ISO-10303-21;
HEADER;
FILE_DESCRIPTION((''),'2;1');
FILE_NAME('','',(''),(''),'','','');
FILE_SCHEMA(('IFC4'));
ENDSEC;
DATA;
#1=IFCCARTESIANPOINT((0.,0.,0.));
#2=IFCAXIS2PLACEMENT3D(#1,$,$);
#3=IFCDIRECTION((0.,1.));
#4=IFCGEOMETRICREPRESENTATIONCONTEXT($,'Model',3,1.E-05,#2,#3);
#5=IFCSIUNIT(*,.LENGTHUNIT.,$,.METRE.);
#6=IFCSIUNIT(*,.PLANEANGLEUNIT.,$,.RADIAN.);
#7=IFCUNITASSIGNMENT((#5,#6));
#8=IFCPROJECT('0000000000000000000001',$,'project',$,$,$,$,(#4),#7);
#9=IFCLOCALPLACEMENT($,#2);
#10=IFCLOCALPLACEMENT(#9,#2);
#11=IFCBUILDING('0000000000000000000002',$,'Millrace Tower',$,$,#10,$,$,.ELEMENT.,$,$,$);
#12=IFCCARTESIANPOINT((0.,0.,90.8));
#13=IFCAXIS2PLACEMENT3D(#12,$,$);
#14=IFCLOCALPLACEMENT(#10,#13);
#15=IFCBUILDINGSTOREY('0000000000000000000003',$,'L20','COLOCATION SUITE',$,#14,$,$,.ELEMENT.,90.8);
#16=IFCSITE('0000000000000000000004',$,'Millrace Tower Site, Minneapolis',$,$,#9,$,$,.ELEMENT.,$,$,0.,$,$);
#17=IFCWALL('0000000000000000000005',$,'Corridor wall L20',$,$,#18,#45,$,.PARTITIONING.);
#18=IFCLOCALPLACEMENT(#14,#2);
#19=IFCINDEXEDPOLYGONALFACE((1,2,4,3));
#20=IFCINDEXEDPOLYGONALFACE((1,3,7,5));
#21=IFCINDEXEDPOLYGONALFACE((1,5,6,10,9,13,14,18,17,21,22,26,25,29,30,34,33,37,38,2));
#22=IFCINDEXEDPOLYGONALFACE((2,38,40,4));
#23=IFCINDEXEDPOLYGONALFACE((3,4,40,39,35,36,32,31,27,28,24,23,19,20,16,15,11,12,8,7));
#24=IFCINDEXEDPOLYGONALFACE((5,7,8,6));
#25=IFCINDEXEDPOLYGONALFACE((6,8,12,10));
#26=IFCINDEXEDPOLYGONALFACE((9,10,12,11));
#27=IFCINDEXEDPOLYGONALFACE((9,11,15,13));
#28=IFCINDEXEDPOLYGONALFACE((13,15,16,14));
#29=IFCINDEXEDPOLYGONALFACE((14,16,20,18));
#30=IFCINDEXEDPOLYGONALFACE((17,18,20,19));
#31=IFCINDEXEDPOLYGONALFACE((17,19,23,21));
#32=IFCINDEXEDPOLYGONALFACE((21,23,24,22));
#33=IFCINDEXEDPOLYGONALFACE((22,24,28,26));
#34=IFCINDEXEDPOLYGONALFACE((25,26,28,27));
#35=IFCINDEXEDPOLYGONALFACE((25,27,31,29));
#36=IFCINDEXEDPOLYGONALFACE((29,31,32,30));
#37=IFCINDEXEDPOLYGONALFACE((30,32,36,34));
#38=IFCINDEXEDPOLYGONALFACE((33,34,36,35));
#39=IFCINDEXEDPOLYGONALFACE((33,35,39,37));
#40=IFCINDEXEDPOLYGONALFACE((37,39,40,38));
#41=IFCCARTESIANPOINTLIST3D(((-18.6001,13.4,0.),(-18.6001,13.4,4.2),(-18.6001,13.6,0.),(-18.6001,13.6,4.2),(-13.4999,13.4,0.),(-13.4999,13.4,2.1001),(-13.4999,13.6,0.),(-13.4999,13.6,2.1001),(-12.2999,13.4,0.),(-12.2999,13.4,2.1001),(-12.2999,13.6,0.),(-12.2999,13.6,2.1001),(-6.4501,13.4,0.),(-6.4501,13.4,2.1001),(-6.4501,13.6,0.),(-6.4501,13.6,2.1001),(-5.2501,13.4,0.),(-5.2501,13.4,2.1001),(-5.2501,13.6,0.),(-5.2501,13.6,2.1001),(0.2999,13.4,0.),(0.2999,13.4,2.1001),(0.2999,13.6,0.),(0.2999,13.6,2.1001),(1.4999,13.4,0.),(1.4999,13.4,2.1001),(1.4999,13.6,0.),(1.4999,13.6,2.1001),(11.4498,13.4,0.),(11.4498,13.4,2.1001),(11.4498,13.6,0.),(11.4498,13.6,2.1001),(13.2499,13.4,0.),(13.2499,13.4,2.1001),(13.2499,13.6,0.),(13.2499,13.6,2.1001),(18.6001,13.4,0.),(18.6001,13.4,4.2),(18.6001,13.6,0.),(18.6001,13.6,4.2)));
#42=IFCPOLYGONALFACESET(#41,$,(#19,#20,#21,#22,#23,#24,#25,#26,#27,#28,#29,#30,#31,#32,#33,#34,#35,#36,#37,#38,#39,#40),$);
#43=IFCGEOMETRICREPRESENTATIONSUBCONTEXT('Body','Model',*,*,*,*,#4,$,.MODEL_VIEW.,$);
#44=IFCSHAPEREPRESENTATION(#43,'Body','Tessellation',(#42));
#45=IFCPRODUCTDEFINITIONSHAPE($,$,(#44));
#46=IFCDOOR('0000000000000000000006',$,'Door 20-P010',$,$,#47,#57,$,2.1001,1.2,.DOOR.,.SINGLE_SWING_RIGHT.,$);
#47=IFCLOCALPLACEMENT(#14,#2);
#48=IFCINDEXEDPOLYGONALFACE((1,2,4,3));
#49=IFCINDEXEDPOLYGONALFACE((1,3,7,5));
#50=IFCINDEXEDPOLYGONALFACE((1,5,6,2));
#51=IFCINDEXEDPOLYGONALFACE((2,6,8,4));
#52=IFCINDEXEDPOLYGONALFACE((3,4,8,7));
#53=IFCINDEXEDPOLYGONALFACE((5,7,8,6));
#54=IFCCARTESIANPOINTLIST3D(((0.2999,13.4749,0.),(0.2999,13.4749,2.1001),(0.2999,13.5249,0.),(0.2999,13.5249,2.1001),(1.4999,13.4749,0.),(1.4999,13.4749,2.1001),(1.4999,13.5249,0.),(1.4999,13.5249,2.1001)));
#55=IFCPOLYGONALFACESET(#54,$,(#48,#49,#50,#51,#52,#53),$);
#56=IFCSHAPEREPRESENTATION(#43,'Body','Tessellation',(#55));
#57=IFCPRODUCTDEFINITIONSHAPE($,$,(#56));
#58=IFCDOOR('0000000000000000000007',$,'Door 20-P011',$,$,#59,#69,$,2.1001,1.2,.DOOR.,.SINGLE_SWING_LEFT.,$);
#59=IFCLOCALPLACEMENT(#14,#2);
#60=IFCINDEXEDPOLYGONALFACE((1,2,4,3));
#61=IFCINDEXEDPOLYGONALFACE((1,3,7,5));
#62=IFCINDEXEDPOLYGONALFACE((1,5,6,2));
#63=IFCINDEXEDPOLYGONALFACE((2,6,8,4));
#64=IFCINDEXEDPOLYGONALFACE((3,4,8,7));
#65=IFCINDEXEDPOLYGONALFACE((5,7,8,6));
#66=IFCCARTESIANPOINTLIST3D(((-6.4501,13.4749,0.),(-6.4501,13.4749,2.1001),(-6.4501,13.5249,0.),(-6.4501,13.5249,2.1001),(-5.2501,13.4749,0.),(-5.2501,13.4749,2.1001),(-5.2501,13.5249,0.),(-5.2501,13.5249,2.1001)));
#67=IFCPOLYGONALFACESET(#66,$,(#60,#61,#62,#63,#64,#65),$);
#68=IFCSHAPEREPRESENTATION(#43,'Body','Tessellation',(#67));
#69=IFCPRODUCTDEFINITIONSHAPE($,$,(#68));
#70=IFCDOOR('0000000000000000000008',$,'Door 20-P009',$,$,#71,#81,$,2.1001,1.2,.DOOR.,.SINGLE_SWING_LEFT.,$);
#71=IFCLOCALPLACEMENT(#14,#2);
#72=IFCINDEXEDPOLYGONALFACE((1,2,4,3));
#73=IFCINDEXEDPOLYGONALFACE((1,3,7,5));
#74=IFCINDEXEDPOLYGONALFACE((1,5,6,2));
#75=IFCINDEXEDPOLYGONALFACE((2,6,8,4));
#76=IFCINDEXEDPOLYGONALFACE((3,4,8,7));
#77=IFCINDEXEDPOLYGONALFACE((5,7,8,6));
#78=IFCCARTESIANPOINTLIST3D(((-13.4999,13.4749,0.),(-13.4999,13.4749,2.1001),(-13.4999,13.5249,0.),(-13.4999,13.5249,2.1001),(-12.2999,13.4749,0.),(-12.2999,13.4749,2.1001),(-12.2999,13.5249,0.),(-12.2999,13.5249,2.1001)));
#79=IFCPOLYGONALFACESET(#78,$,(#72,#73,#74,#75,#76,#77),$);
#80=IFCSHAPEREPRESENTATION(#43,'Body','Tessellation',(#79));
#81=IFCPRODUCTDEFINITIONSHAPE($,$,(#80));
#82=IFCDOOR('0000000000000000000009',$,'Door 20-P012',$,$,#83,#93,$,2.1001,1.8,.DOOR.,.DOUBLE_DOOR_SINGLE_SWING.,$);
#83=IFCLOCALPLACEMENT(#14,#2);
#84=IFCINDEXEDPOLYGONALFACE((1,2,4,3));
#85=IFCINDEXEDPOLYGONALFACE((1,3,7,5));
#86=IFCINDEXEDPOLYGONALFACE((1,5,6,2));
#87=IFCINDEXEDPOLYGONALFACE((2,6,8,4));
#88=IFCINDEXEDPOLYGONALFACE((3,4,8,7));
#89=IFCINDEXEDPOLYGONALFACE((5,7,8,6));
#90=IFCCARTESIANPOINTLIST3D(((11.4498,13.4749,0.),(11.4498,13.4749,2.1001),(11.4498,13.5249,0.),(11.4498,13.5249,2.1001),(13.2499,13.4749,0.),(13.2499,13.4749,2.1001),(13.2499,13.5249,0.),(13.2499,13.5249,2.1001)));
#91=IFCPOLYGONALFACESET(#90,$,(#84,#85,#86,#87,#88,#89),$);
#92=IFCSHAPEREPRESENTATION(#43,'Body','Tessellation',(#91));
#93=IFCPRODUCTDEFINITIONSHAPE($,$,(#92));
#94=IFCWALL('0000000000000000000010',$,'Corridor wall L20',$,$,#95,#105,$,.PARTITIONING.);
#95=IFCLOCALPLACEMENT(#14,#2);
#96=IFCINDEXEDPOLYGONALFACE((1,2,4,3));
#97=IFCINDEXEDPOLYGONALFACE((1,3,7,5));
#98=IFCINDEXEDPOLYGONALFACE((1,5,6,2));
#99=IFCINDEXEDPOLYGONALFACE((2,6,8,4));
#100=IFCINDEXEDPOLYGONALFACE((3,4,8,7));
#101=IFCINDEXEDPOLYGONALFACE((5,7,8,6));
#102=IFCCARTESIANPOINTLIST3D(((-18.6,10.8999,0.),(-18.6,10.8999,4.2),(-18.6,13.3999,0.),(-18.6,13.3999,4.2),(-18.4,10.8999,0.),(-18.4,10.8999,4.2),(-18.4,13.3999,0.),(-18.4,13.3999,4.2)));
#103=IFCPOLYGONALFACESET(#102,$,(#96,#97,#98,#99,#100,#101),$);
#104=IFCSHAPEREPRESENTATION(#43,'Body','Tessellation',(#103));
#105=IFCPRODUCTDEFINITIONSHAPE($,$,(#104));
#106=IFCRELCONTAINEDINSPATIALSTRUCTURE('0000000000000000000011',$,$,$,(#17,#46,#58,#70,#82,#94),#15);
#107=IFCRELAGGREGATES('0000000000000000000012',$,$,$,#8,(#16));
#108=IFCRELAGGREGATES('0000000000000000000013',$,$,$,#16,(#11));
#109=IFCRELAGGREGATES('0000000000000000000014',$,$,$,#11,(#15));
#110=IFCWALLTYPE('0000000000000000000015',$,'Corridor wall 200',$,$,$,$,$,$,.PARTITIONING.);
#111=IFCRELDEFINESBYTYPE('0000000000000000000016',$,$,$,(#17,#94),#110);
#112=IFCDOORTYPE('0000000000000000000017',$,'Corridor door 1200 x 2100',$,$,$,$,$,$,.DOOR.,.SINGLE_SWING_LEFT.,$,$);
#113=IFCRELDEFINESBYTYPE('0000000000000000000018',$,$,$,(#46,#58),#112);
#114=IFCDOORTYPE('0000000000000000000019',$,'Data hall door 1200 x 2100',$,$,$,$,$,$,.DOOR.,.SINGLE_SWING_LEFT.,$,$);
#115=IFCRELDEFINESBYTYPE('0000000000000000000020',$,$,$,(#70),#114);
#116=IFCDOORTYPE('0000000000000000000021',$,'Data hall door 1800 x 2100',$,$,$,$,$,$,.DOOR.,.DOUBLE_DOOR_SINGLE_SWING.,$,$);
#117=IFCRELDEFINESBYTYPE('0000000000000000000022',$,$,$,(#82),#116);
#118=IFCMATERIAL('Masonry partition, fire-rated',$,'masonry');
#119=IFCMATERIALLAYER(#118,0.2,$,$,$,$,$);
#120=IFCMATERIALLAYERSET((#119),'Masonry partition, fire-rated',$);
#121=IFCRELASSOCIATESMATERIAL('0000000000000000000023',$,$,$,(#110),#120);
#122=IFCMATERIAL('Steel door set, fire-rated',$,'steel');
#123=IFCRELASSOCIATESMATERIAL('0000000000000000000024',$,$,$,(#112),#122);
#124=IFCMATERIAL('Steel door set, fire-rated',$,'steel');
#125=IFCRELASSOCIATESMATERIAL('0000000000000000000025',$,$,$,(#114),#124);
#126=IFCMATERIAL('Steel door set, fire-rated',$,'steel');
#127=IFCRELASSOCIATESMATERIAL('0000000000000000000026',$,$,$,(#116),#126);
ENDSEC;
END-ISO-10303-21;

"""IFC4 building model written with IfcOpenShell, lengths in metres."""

from ifc_helpers import new_model, si_unit, direction, frame, frame_2d, origin, place, context, subcontext, project, spatial, rectangle, extrude, material, layer, layer_set, type_object, element, fill, save


model = new_model("IFC4")

# Units and contexts
model_context = context("Model", 3, precision=1e-05, world=origin(), true_north=direction((0.0, 1.0)))
body_context = subcontext(model_context, "Body", "Model", "MODEL_VIEW")
ifc_project = project(units=[si_unit("LENGTHUNIT", "METRE"), si_unit("PLANEANGLEUNIT", "RADIAN")], contexts=[model_context])

# Site, building, storey
site_placement = place(None, origin())
site = spatial("IfcSite", under=ifc_project, at=site_placement, Name="Millrace Tower Site, Minneapolis", CompositionType="ELEMENT", RefElevation=0.0)
building_placement = place(site_placement, origin())
building = spatial("IfcBuilding", under=site, at=building_placement, Name="Millrace Tower", CompositionType="ELEMENT")
storey_placement = place(building_placement, frame((0.0, 0.0, 90.8)))
storey = spatial("IfcBuildingStorey", under=building, at=storey_placement, Name="L20", Description="COLOCATION SUITE", CompositionType="ELEMENT", Elevation=90.8)

# Shared definitions
ifc_material_1 = material(Name="Masonry partition, fire-rated", Category="masonry")
ifc_layer_1 = layer(ifc_material_1, 0.2)
ifc_layer_set_1 = layer_set([ifc_layer_1], Name="Masonry partition, fire-rated")
wall_type = type_object("IfcWallType", Name="Corridor wall 200", PredefinedType="PARTITIONING", material=ifc_layer_set_1)

# Wall, openings, doors
wall_1_placement = place(storey_placement, frame((-18.6001, 13.5, 0.0), z_axis=(0.0, 0.0, 1.0), x_axis=(1.0, 0.0, 0.0)))
wall_1 = element("IfcWall", 1, at=wall_1_placement, inside=storey, type_object=wall_type, Name="Corridor wall L20", PredefinedType="PARTITIONING", context=body_context, shape_type="SweptSolid", body=[
    extrude(rectangle(XDim=37.2002, YDim=0.2, at=frame_2d((18.6001, 0.0))), origin(), (0.0, 0.0, 1.0), 4.2),
])
opening_1_placement = place(wall_1_placement, frame((5.1001, 0.0, 0.0)))
opening_1 = element("IfcOpeningElement", 2, at=opening_1_placement, cuts=wall_1, PredefinedType="OPENING", context=body_context, shape_type="SweptSolid", body=[
    extrude(rectangle(XDim=1.2, YDim=2.1001, at=frame_2d((0.6001, 1.05))), frame((0.0, 0.1099, 0.0), z_axis=(0.0, -1.0, 0.0), x_axis=(1.0, 0.0, 0.0)), (0.0, 0.0, 1.0), 0.22),
])
opening_2_placement = place(wall_1_placement, frame((18.8999, 0.0, 0.0)))
opening_2 = element("IfcOpeningElement", 3, at=opening_2_placement, cuts=wall_1, PredefinedType="OPENING", context=body_context, shape_type="SweptSolid", body=[
    extrude(rectangle(XDim=1.2, YDim=2.1001, at=frame_2d((0.6001, 1.05))), frame((0.0, 0.1099, 0.0), z_axis=(0.0, -1.0, 0.0), x_axis=(1.0, 0.0, 0.0)), (0.0, 0.0, 1.0), 0.22),
])
opening_3_placement = place(wall_1_placement, frame((12.1499, 0.0, 0.0)))
opening_3 = element("IfcOpeningElement", 4, at=opening_3_placement, cuts=wall_1, PredefinedType="OPENING", context=body_context, shape_type="SweptSolid", body=[
    extrude(rectangle(XDim=1.2, YDim=2.1001, at=frame_2d((0.6001, 1.05))), frame((0.0, 0.1099, 0.0), z_axis=(0.0, -1.0, 0.0), x_axis=(1.0, 0.0, 0.0)), (0.0, 0.0, 1.0), 0.22),
])
opening_4_placement = place(wall_1_placement, frame((30.05, 0.0, 0.0)))
opening_4 = element("IfcOpeningElement", 5, at=opening_4_placement, cuts=wall_1, PredefinedType="OPENING", context=body_context, shape_type="SweptSolid", body=[
    extrude(rectangle(XDim=1.8, YDim=2.1001, at=frame_2d((0.8999, 1.05))), frame((0.0, 0.1099, 0.0), z_axis=(0.0, -1.0, 0.0), x_axis=(1.0, 0.0, 0.0)), (0.0, 0.0, 1.0), 0.22),
])
ifc_material_2 = material(Name="Steel door set, fire-rated", Category="steel")
door_type_1 = type_object("IfcDoorType", Name="Corridor door 1200 x 2100", OperationType="SINGLE_SWING_LEFT", PredefinedType="DOOR", material=ifc_material_2)
door_1_placement = place(opening_2_placement, origin())
door_1 = element("IfcDoor", 6, at=door_1_placement, inside=storey, type_object=door_type_1, Name="Door 20-P010", OperationType="SINGLE_SWING_RIGHT", OverallHeight=2.1001, OverallWidth=1.2, PredefinedType="DOOR", context=body_context, shape_type="SweptSolid", body=[
    extrude(rectangle(XDim=1.2, YDim=2.1001, at=frame_2d((0.6001, 1.05))), frame((0.0, 0.0249, 0.0), z_axis=(0.0, -1.0, 0.0), x_axis=(1.0, 0.0, 0.0)), (0.0, 0.0, 1.0), 0.05),
])
fill(opening_2, door_1)
door_2_placement = place(opening_3_placement, origin())
door_2 = element("IfcDoor", 7, at=door_2_placement, inside=storey, type_object=door_type_1, Name="Door 20-P011", OperationType="SINGLE_SWING_LEFT", OverallHeight=2.1001, OverallWidth=1.2, PredefinedType="DOOR", context=body_context, shape_type="SweptSolid", body=[
    extrude(rectangle(XDim=1.2, YDim=2.1001, at=frame_2d((0.6001, 1.05))), frame((0.0, 0.0249, 0.0), z_axis=(0.0, -1.0, 0.0), x_axis=(1.0, 0.0, 0.0)), (0.0, 0.0, 1.0), 0.05),
])
fill(opening_3, door_2)
ifc_material_3 = material(Name="Steel door set, fire-rated", Category="steel")
door_type_2 = type_object("IfcDoorType", Name="Data hall door 1200 x 2100", OperationType="SINGLE_SWING_LEFT", PredefinedType="DOOR", material=ifc_material_3)
door_3_placement = place(opening_1_placement, origin())
door_3 = element("IfcDoor", 8, at=door_3_placement, inside=storey, type_object=door_type_2, Name="Door 20-P009", OperationType="SINGLE_SWING_LEFT", OverallHeight=2.1001, OverallWidth=1.2, PredefinedType="DOOR", context=body_context, shape_type="SweptSolid", body=[
    extrude(rectangle(XDim=1.2, YDim=2.1001, at=frame_2d((0.6001, 1.05))), frame((0.0, 0.0249, 0.0), z_axis=(0.0, -1.0, 0.0), x_axis=(1.0, 0.0, 0.0)), (0.0, 0.0, 1.0), 0.05),
])
fill(opening_1, door_3)
ifc_material_4 = material(Name="Steel door set, fire-rated", Category="steel")
door_type_3 = type_object("IfcDoorType", Name="Data hall door 1800 x 2100", OperationType="DOUBLE_DOOR_SINGLE_SWING", PredefinedType="DOOR", material=ifc_material_4)
door_4_placement = place(opening_4_placement, origin())
door_4 = element("IfcDoor", 9, at=door_4_placement, inside=storey, type_object=door_type_3, Name="Door 20-P012", OperationType="DOUBLE_DOOR_SINGLE_SWING", OverallHeight=2.1001, OverallWidth=1.8, PredefinedType="DOOR", context=body_context, shape_type="SweptSolid", body=[
    extrude(rectangle(XDim=1.8, YDim=2.1001, at=frame_2d((0.8999, 1.05))), frame((0.0, 0.0249, 0.0), z_axis=(0.0, -1.0, 0.0), x_axis=(1.0, 0.0, 0.0)), (0.0, 0.0, 1.0), 0.05),
])
fill(opening_4, door_4)

# Wall
wall_2_placement = place(storey_placement, frame((-18.5, 10.8999, 0.0), z_axis=(0.0, 0.0, 1.0), x_axis=(0.0, 1.0, 0.0)))
element("IfcWall", 10, at=wall_2_placement, inside=storey, type_object=wall_type, Name="Corridor wall L20", PredefinedType="PARTITIONING", context=body_context, shape_type="SweptSolid", body=[
    extrude(rectangle(XDim=2.5, YDim=0.2, at=frame_2d((1.25, 0.0))), origin(), (0.0, 0.0, 1.0), 4.2),
])

save(model, "model.ifc")
